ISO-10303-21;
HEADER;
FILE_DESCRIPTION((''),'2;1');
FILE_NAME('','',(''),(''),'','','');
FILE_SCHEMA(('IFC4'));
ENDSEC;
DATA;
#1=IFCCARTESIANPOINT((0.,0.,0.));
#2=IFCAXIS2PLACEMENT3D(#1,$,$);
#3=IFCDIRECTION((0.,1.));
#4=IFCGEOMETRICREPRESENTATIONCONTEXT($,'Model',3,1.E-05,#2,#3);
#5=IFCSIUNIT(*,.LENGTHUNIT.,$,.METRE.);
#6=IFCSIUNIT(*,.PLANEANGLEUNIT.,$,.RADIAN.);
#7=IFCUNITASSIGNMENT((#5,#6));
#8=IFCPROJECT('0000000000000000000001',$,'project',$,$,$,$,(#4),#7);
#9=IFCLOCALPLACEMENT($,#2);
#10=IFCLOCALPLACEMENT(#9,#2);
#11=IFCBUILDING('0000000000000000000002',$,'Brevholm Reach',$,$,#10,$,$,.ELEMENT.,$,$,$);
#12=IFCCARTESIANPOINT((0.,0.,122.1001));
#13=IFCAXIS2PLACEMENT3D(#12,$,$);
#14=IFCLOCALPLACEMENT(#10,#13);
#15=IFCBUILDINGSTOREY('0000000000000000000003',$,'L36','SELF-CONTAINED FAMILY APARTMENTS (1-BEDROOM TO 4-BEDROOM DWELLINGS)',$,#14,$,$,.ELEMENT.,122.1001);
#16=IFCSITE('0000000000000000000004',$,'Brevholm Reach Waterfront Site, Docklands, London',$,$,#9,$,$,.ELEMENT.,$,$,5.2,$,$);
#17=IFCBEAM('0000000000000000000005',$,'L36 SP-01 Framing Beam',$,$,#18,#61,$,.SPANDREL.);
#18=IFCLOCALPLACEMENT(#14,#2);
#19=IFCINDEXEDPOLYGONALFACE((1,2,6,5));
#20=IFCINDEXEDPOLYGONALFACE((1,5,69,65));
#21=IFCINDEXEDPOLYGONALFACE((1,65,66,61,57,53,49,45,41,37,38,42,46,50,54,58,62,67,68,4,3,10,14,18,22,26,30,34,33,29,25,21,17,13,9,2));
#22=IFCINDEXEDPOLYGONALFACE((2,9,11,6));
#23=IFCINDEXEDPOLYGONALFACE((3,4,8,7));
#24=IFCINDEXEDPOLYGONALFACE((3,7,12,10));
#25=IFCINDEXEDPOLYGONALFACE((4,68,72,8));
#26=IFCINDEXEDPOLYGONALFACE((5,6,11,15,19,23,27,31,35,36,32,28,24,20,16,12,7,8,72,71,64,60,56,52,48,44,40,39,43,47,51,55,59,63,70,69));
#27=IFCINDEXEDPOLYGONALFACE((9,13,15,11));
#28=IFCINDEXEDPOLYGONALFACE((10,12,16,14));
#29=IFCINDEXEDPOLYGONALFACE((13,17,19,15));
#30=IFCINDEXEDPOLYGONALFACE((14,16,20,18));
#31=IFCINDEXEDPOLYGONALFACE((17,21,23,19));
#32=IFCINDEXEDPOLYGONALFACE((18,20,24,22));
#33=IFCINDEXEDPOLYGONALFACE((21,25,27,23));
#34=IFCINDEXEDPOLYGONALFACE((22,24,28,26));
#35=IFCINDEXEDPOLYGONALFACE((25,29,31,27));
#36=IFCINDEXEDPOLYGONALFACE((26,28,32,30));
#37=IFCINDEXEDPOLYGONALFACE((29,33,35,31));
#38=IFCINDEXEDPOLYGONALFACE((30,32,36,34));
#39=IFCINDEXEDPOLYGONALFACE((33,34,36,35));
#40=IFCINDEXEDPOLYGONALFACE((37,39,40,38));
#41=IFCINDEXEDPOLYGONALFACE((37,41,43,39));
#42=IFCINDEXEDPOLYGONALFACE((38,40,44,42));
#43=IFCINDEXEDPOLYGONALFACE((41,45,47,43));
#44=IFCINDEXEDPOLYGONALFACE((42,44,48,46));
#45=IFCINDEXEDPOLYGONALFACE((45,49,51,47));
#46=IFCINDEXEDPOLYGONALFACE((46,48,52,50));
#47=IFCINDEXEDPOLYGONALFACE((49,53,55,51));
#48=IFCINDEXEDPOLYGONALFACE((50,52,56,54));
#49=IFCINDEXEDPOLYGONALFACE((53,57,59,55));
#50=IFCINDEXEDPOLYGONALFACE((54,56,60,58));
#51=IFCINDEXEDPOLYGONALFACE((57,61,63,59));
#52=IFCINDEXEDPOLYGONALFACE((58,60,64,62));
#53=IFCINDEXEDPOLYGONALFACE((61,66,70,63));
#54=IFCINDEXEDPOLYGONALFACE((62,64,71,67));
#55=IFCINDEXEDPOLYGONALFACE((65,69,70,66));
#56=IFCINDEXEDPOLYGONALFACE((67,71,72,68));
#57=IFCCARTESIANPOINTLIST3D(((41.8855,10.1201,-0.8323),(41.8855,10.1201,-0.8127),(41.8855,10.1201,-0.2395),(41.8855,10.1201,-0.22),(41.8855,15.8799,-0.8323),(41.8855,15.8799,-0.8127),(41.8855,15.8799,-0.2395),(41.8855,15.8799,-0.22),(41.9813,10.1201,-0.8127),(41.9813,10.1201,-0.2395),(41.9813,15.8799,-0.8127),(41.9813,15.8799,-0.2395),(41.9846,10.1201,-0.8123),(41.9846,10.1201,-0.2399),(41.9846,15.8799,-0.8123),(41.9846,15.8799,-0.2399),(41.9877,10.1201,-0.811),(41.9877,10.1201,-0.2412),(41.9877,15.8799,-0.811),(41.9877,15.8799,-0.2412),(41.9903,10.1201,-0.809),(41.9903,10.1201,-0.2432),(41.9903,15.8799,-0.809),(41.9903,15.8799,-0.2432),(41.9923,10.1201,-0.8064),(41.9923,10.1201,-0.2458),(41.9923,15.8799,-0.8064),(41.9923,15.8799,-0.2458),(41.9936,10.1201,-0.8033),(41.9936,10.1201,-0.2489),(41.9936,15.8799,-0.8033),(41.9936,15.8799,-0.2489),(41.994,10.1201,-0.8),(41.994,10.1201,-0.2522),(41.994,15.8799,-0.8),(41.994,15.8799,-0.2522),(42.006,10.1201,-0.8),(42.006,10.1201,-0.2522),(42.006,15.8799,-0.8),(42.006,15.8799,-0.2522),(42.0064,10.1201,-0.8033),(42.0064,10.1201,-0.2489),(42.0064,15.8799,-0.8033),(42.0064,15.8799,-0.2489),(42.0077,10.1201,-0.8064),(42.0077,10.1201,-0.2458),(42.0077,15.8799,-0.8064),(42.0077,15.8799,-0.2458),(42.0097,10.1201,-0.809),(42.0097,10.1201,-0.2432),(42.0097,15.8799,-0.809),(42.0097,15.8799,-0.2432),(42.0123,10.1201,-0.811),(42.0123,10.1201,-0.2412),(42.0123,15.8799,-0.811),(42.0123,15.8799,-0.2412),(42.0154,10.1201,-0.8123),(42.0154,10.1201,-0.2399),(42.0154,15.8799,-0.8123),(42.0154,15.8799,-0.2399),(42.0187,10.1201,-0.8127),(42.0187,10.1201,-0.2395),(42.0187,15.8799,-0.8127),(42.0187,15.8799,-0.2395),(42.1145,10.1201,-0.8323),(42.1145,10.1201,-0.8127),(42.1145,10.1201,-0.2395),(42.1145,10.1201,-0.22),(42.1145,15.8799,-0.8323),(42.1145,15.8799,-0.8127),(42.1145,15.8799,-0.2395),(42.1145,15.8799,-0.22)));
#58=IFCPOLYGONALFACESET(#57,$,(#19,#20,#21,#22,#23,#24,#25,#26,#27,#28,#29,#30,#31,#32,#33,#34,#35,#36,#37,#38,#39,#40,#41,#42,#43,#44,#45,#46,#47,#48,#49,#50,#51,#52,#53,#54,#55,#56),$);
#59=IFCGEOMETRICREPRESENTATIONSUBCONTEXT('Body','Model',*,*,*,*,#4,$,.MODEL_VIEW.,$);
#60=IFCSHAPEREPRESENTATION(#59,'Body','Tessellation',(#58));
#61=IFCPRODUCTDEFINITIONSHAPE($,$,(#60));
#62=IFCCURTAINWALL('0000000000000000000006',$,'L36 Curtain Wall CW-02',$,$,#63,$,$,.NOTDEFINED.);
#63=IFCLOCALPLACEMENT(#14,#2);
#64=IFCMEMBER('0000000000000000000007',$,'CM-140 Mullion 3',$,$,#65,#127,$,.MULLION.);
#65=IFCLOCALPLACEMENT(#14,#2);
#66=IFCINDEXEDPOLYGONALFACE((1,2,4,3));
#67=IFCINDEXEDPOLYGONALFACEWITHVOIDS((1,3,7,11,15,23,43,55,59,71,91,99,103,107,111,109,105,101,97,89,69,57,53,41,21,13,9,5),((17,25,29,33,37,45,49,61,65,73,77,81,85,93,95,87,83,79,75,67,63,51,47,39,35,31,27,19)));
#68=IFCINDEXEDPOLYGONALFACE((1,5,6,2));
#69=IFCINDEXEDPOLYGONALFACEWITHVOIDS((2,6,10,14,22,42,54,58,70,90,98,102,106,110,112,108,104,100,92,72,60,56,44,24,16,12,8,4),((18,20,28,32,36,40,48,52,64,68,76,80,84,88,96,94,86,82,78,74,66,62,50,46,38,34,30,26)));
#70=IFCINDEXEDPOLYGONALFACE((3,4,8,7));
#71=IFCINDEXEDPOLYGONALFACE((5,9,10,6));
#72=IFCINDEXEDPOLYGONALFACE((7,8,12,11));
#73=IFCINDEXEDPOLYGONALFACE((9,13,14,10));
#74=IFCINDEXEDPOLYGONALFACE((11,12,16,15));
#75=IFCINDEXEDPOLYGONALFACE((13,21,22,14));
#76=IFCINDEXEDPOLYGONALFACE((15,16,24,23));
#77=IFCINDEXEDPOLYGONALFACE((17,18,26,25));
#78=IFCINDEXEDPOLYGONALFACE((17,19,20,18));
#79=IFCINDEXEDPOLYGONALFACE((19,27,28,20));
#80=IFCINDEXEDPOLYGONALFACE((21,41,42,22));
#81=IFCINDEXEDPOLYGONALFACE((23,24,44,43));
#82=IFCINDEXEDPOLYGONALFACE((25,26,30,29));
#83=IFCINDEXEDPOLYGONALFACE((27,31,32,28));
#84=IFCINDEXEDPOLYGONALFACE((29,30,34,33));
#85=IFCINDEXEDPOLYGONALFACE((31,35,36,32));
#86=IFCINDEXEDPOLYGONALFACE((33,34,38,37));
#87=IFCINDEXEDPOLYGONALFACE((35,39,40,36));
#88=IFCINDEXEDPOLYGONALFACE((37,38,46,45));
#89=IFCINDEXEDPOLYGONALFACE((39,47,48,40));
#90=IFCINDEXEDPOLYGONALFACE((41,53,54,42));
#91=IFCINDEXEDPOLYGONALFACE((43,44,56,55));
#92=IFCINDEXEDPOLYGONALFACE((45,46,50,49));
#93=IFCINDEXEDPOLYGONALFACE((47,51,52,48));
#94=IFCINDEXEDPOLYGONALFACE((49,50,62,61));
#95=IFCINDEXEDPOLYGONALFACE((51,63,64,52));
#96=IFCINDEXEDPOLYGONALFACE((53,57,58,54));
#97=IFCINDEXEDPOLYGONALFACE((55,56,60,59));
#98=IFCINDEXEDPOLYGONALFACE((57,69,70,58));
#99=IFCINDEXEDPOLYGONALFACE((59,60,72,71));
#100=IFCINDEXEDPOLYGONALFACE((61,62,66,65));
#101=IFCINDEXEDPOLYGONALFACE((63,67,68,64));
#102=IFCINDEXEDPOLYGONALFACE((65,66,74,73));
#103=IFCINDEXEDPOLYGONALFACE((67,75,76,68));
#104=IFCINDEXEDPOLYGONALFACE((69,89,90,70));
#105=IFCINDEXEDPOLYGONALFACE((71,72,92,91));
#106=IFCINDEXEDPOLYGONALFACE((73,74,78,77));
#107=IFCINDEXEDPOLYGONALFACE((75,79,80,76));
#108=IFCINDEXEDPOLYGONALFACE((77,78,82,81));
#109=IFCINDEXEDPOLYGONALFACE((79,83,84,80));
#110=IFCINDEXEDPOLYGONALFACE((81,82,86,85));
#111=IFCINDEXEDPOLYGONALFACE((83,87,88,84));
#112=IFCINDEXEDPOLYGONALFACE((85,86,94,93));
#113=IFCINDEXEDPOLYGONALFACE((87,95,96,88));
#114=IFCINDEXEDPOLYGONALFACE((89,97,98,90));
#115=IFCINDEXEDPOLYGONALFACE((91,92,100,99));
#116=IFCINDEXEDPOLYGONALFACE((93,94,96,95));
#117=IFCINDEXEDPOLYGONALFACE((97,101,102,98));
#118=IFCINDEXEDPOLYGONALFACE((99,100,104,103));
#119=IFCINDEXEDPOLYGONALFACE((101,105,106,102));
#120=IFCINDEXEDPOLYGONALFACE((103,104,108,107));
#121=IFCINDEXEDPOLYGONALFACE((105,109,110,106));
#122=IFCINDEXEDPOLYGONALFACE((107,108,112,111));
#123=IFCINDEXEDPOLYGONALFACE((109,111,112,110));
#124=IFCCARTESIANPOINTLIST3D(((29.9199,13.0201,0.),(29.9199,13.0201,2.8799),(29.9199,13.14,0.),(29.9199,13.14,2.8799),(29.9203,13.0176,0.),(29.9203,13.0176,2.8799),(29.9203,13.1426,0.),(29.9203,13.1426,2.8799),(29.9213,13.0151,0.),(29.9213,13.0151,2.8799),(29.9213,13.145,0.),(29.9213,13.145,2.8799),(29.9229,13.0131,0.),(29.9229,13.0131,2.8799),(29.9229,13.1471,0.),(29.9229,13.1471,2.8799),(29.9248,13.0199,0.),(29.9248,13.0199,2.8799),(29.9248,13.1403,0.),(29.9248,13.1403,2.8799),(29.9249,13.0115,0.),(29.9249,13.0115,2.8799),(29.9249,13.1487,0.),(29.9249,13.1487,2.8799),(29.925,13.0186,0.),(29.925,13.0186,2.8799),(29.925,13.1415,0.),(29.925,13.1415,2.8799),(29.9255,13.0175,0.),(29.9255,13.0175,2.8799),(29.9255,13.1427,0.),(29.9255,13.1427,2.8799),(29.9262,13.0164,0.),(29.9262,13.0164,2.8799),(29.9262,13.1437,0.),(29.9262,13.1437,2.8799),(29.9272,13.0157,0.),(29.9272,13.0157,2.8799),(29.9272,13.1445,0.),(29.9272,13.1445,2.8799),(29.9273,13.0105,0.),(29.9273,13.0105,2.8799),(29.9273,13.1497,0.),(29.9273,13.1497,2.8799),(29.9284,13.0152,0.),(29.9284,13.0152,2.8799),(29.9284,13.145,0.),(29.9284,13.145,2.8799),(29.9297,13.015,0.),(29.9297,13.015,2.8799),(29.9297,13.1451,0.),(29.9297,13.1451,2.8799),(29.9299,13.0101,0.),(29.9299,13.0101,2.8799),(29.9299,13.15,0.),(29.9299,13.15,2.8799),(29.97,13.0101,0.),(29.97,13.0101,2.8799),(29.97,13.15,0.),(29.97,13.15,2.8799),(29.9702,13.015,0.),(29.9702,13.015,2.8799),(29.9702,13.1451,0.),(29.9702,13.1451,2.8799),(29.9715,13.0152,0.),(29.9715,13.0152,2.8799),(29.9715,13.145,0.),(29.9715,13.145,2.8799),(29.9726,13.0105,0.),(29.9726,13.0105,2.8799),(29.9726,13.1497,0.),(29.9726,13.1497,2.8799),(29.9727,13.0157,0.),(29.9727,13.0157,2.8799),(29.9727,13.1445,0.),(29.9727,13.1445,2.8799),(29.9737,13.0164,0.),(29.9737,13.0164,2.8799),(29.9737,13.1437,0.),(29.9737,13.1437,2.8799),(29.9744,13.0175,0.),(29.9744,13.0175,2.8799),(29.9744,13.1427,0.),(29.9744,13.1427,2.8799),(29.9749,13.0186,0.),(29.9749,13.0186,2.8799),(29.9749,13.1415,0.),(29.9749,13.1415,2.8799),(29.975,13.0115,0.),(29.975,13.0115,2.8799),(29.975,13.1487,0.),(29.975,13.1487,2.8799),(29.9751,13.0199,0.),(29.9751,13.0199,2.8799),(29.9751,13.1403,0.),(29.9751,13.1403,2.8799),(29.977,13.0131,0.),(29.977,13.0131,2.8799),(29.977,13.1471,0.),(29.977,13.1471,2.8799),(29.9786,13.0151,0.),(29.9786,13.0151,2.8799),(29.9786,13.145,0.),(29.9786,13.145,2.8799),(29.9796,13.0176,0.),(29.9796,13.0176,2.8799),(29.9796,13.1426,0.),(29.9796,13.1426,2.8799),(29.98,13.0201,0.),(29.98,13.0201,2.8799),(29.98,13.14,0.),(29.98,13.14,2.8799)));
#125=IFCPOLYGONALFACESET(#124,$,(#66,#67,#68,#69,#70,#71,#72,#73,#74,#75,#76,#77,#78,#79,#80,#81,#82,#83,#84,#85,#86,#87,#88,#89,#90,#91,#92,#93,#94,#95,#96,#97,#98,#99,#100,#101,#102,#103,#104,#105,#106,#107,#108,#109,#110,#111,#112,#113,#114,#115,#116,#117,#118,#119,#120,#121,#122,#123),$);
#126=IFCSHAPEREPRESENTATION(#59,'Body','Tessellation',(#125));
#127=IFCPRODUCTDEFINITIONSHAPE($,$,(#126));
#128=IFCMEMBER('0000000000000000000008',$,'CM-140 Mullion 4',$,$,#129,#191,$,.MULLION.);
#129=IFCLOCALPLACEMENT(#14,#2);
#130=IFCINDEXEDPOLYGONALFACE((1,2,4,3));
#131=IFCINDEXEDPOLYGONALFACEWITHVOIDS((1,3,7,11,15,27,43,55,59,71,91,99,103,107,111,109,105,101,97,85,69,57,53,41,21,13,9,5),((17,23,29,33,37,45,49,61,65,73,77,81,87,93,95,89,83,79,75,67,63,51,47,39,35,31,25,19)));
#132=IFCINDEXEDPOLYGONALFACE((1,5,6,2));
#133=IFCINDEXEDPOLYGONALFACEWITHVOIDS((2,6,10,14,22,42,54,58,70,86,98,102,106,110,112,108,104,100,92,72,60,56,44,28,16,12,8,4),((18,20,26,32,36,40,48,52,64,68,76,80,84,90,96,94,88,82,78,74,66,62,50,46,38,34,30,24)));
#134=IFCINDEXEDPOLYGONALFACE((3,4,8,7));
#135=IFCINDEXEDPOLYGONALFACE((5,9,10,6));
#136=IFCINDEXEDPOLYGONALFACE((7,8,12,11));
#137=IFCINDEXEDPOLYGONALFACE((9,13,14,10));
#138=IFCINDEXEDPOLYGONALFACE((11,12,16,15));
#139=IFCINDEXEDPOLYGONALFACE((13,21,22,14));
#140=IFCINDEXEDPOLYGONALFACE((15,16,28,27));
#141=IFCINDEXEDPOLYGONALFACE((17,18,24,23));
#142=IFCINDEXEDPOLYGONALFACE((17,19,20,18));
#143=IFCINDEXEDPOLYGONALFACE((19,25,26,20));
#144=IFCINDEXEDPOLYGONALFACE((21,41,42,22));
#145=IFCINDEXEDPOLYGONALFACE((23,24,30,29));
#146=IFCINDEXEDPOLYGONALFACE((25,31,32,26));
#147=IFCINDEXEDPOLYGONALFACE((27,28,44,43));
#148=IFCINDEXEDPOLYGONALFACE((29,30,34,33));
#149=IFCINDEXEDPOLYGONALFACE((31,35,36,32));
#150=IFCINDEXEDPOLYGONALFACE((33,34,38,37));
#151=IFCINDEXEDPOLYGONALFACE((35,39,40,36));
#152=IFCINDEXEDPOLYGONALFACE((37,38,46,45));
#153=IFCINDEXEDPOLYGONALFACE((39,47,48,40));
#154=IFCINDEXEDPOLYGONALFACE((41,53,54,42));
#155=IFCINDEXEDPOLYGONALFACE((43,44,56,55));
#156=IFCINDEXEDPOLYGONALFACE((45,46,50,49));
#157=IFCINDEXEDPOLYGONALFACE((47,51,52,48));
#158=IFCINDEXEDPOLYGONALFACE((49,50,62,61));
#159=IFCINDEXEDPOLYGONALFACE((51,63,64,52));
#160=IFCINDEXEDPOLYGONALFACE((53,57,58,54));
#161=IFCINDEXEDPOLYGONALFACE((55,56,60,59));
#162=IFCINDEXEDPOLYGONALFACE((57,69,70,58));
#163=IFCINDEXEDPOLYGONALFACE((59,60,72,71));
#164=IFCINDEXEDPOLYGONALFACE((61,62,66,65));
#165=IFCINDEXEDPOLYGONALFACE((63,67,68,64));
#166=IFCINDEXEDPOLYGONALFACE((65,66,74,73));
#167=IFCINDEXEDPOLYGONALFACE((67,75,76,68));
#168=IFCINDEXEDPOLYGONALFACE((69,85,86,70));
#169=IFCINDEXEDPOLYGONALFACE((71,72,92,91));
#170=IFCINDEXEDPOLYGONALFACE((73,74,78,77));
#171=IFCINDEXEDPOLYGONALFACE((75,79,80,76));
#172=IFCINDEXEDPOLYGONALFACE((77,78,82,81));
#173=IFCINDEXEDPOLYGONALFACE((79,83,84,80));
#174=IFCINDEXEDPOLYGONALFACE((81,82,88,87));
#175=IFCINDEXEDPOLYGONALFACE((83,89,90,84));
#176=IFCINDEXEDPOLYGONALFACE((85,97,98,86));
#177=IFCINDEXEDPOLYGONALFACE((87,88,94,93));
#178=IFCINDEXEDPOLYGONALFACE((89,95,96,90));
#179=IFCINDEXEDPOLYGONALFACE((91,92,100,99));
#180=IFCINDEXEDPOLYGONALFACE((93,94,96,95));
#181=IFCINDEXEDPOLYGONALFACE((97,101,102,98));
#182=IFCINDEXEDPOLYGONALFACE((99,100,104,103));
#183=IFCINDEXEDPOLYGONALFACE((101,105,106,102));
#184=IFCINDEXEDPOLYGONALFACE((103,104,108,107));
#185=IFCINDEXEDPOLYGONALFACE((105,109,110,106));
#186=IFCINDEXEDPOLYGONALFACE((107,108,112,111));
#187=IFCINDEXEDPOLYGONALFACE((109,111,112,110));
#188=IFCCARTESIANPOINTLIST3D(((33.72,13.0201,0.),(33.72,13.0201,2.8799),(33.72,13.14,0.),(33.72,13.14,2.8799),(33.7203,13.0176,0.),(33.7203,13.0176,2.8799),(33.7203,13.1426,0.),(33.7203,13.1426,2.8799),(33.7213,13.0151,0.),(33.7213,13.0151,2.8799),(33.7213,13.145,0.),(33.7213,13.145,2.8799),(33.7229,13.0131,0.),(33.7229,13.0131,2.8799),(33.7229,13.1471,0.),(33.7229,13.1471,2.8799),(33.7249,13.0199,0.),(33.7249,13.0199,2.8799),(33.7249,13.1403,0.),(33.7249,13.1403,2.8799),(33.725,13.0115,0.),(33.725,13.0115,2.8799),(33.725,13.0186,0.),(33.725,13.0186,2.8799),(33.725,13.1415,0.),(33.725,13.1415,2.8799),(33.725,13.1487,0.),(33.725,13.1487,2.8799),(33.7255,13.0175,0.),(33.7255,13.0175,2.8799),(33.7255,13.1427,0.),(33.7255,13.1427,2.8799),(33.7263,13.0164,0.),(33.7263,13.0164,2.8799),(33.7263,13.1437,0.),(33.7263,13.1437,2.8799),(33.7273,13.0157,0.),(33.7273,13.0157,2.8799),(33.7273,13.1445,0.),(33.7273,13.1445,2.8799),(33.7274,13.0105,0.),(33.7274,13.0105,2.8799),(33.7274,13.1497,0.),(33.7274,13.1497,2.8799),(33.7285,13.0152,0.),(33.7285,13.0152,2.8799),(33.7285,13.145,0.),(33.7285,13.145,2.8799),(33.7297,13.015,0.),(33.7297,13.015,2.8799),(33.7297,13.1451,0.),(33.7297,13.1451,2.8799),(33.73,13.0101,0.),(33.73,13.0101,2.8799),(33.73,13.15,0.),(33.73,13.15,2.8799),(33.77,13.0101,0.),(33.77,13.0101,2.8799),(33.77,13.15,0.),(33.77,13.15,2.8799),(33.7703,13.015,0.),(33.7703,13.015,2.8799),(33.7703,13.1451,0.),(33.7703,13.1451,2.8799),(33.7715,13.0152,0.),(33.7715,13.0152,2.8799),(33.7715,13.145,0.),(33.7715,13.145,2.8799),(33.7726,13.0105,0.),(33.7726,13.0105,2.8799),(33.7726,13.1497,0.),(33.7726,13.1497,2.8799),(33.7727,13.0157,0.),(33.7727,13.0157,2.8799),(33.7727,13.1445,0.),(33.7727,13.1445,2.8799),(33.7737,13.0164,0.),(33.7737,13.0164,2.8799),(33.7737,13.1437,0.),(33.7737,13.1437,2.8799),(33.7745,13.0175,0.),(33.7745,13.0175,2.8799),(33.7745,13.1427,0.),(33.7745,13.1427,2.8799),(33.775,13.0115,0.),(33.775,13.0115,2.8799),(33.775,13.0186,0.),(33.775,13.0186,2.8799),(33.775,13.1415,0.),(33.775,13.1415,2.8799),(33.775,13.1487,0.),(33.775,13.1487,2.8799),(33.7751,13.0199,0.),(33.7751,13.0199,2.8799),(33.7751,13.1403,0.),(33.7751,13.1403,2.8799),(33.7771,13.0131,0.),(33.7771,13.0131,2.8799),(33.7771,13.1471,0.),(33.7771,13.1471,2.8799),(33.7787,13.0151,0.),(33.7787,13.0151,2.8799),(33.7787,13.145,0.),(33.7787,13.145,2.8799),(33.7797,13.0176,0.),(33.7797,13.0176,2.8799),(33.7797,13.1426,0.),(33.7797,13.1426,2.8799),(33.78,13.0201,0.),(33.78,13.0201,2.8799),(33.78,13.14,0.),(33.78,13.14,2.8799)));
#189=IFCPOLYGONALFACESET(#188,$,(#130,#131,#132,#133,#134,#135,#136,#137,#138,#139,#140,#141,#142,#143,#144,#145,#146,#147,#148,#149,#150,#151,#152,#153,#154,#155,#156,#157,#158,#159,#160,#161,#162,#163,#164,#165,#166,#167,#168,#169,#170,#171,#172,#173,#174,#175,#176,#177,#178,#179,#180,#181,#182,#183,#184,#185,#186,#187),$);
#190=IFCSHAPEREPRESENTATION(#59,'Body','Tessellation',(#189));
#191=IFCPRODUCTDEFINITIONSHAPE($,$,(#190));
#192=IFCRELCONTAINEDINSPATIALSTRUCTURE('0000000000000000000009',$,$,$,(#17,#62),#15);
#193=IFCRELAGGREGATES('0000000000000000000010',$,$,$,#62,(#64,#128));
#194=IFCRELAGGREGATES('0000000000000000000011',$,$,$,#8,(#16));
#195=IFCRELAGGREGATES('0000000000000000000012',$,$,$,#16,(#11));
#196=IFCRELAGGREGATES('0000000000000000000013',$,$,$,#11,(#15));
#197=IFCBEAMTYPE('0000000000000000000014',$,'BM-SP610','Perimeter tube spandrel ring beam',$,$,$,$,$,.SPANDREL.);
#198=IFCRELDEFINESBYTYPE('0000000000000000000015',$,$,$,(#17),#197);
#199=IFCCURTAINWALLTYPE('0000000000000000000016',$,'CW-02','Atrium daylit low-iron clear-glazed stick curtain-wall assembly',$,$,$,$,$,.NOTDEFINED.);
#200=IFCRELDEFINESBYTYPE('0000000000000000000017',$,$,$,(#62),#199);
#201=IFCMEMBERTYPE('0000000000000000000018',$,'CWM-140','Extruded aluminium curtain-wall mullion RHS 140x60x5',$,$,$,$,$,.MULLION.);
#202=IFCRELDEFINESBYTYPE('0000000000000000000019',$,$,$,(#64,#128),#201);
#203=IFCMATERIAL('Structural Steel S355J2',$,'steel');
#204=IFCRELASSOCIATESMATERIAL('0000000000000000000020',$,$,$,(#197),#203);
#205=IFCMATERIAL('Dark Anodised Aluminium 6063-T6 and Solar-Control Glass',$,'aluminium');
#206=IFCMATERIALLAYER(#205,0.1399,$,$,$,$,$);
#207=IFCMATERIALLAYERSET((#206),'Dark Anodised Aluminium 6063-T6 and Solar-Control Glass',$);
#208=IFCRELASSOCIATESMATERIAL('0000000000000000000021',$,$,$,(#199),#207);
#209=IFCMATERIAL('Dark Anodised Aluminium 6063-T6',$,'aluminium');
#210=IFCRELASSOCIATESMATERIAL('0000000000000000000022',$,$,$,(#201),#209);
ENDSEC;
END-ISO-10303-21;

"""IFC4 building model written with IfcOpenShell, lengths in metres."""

from ifc_helpers import new_model, si_unit, direction, frame, origin, origin_2d, place, context, subcontext, project, spatial, hollow_rectangle, i_section, extrude, material, layer, layer_set, material_profile, profile_set, type_object, element, aggregate, save


model = new_model("IFC4")

# Units and contexts
model_context = context("Model", 3, precision=1e-05, world=origin(), true_north=direction((0.0, 1.0)))
body_context = subcontext(model_context, "Body", "Model", "MODEL_VIEW")
ifc_project = project(units=[si_unit("LENGTHUNIT", "METRE"), si_unit("PLANEANGLEUNIT", "RADIAN")], contexts=[model_context])

# Site, building, storey
site_placement = place(None, origin())
site = spatial("IfcSite", under=ifc_project, at=site_placement, Name="Brevholm Reach Waterfront Site, Docklands, London", CompositionType="ELEMENT", RefElevation=5.2)
building_placement = place(site_placement, origin())
building = spatial("IfcBuilding", under=site, at=building_placement, Name="Brevholm Reach", CompositionType="ELEMENT")
storey_placement = place(building_placement, frame((0.0, 0.0, 122.1001)))
storey = spatial("IfcBuildingStorey", under=building, at=storey_placement, Name="L36", Description="SELF-CONTAINED FAMILY APARTMENTS (1-BEDROOM TO 4-BEDROOM DWELLINGS)", CompositionType="ELEMENT", Elevation=122.1001)

# Beam
ifc_material_1 = material(Name="Structural Steel S355J2", Category="steel")
ifc_material_profile_1 = material_profile(ifc_material_1, i_section(OverallWidth=0.229, OverallDepth=0.6123, WebThickness=0.012, FlangeThickness=0.0195, FilletRadius=0.0127, at=origin_2d()), Name="UKB 610x229x125")
ifc_profile_set_1 = profile_set([ifc_material_profile_1], Name="Structural Steel S355J2")
beam_type = type_object("IfcBeamType", Name="BM-SP610", Description="Perimeter tube spandrel ring beam", PredefinedType="SPANDREL", material=ifc_profile_set_1)
beam_1_placement = place(storey_placement, frame((42.0, 10.1201, -0.5261), z_axis=(0.0, 1.0, 0.0), x_axis=(-1.0, 0.0, 0.0)))
element("IfcBeam", 1, at=beam_1_placement, inside=storey, type_object=beam_type, Name="L36 SP-01 Framing Beam", PredefinedType="SPANDREL", context=body_context, shape_type="SweptSolid", body=[
    extrude(i_section(OverallWidth=0.229, OverallDepth=0.6123, WebThickness=0.012, FlangeThickness=0.0195, FilletRadius=0.0127, at=origin_2d()), origin(), (0.0, 0.0, 1.0), 5.7598),
])

# Curtain wall, members
ifc_material_2 = material(Name="Dark Anodised Aluminium 6063-T6 and Solar-Control Glass", Category="aluminium")
ifc_layer_1 = layer(ifc_material_2, 0.1399)
ifc_layer_set_1 = layer_set([ifc_layer_1], Name="Dark Anodised Aluminium 6063-T6 and Solar-Control Glass")
curtain_wall_type = type_object("IfcCurtainWallType", Name="CW-02", Description="Atrium daylit low-iron clear-glazed stick curtain-wall assembly", PredefinedType="NOTDEFINED", material=ifc_layer_set_1)
curtain_wall_placement = place(storey_placement, origin())
curtain_wall = element("IfcCurtainWall", 2, at=curtain_wall_placement, inside=storey, type_object=curtain_wall_type, Name="L36 Curtain Wall CW-02", PredefinedType="NOTDEFINED")
ifc_material_3 = material(Name="Dark Anodised Aluminium 6063-T6", Category="aluminium")
ifc_material_profile_2 = material_profile(ifc_material_3, hollow_rectangle(XDim=0.0601, YDim=0.1399, WallThickness=0.0049, InnerFilletRadius=0.0049, OuterFilletRadius=0.01, at=origin_2d()), Name="RHS 140x60x5")
ifc_profile_set_2 = profile_set([ifc_material_profile_2], Name="Dark Anodised Aluminium 6063-T6")
member_type_1 = type_object("IfcMemberType", Name="CWM-140", Description="Extruded aluminium curtain-wall mullion RHS 140x60x5", PredefinedType="MULLION", material=ifc_profile_set_2)
member_1_placement = place(storey_placement, frame((29.95, 13.0801, 0.0), z_axis=(0.0, 0.0, 1.0), x_axis=(1.0, 0.0, 0.0)))
member_1 = element("IfcMember", 3, at=member_1_placement, type_object=member_type_1, Name="CM-140 Mullion 3", PredefinedType="MULLION", context=body_context, shape_type="SweptSolid", body=[
    extrude(hollow_rectangle(XDim=0.0601, YDim=0.1399, WallThickness=0.0049, InnerFilletRadius=0.0049, OuterFilletRadius=0.01, at=origin_2d()), origin(), (0.0, 0.0, 1.0), 2.8799),
])
member_2_placement = place(storey_placement, frame((33.75, 13.0801, 0.0), z_axis=(0.0, 0.0, 1.0), x_axis=(1.0, 0.0, 0.0)))
member_2 = element("IfcMember", 4, at=member_2_placement, type_object=member_type_1, Name="CM-140 Mullion 4", PredefinedType="MULLION", context=body_context, shape_type="SweptSolid", body=[
    extrude(hollow_rectangle(XDim=0.0601, YDim=0.1399, WallThickness=0.0049, InnerFilletRadius=0.0049, OuterFilletRadius=0.01, at=origin_2d()), origin(), (0.0, 0.0, 1.0), 2.8799),
])
aggregate(curtain_wall, [member_1, member_2])

save(model, "model.ifc")
